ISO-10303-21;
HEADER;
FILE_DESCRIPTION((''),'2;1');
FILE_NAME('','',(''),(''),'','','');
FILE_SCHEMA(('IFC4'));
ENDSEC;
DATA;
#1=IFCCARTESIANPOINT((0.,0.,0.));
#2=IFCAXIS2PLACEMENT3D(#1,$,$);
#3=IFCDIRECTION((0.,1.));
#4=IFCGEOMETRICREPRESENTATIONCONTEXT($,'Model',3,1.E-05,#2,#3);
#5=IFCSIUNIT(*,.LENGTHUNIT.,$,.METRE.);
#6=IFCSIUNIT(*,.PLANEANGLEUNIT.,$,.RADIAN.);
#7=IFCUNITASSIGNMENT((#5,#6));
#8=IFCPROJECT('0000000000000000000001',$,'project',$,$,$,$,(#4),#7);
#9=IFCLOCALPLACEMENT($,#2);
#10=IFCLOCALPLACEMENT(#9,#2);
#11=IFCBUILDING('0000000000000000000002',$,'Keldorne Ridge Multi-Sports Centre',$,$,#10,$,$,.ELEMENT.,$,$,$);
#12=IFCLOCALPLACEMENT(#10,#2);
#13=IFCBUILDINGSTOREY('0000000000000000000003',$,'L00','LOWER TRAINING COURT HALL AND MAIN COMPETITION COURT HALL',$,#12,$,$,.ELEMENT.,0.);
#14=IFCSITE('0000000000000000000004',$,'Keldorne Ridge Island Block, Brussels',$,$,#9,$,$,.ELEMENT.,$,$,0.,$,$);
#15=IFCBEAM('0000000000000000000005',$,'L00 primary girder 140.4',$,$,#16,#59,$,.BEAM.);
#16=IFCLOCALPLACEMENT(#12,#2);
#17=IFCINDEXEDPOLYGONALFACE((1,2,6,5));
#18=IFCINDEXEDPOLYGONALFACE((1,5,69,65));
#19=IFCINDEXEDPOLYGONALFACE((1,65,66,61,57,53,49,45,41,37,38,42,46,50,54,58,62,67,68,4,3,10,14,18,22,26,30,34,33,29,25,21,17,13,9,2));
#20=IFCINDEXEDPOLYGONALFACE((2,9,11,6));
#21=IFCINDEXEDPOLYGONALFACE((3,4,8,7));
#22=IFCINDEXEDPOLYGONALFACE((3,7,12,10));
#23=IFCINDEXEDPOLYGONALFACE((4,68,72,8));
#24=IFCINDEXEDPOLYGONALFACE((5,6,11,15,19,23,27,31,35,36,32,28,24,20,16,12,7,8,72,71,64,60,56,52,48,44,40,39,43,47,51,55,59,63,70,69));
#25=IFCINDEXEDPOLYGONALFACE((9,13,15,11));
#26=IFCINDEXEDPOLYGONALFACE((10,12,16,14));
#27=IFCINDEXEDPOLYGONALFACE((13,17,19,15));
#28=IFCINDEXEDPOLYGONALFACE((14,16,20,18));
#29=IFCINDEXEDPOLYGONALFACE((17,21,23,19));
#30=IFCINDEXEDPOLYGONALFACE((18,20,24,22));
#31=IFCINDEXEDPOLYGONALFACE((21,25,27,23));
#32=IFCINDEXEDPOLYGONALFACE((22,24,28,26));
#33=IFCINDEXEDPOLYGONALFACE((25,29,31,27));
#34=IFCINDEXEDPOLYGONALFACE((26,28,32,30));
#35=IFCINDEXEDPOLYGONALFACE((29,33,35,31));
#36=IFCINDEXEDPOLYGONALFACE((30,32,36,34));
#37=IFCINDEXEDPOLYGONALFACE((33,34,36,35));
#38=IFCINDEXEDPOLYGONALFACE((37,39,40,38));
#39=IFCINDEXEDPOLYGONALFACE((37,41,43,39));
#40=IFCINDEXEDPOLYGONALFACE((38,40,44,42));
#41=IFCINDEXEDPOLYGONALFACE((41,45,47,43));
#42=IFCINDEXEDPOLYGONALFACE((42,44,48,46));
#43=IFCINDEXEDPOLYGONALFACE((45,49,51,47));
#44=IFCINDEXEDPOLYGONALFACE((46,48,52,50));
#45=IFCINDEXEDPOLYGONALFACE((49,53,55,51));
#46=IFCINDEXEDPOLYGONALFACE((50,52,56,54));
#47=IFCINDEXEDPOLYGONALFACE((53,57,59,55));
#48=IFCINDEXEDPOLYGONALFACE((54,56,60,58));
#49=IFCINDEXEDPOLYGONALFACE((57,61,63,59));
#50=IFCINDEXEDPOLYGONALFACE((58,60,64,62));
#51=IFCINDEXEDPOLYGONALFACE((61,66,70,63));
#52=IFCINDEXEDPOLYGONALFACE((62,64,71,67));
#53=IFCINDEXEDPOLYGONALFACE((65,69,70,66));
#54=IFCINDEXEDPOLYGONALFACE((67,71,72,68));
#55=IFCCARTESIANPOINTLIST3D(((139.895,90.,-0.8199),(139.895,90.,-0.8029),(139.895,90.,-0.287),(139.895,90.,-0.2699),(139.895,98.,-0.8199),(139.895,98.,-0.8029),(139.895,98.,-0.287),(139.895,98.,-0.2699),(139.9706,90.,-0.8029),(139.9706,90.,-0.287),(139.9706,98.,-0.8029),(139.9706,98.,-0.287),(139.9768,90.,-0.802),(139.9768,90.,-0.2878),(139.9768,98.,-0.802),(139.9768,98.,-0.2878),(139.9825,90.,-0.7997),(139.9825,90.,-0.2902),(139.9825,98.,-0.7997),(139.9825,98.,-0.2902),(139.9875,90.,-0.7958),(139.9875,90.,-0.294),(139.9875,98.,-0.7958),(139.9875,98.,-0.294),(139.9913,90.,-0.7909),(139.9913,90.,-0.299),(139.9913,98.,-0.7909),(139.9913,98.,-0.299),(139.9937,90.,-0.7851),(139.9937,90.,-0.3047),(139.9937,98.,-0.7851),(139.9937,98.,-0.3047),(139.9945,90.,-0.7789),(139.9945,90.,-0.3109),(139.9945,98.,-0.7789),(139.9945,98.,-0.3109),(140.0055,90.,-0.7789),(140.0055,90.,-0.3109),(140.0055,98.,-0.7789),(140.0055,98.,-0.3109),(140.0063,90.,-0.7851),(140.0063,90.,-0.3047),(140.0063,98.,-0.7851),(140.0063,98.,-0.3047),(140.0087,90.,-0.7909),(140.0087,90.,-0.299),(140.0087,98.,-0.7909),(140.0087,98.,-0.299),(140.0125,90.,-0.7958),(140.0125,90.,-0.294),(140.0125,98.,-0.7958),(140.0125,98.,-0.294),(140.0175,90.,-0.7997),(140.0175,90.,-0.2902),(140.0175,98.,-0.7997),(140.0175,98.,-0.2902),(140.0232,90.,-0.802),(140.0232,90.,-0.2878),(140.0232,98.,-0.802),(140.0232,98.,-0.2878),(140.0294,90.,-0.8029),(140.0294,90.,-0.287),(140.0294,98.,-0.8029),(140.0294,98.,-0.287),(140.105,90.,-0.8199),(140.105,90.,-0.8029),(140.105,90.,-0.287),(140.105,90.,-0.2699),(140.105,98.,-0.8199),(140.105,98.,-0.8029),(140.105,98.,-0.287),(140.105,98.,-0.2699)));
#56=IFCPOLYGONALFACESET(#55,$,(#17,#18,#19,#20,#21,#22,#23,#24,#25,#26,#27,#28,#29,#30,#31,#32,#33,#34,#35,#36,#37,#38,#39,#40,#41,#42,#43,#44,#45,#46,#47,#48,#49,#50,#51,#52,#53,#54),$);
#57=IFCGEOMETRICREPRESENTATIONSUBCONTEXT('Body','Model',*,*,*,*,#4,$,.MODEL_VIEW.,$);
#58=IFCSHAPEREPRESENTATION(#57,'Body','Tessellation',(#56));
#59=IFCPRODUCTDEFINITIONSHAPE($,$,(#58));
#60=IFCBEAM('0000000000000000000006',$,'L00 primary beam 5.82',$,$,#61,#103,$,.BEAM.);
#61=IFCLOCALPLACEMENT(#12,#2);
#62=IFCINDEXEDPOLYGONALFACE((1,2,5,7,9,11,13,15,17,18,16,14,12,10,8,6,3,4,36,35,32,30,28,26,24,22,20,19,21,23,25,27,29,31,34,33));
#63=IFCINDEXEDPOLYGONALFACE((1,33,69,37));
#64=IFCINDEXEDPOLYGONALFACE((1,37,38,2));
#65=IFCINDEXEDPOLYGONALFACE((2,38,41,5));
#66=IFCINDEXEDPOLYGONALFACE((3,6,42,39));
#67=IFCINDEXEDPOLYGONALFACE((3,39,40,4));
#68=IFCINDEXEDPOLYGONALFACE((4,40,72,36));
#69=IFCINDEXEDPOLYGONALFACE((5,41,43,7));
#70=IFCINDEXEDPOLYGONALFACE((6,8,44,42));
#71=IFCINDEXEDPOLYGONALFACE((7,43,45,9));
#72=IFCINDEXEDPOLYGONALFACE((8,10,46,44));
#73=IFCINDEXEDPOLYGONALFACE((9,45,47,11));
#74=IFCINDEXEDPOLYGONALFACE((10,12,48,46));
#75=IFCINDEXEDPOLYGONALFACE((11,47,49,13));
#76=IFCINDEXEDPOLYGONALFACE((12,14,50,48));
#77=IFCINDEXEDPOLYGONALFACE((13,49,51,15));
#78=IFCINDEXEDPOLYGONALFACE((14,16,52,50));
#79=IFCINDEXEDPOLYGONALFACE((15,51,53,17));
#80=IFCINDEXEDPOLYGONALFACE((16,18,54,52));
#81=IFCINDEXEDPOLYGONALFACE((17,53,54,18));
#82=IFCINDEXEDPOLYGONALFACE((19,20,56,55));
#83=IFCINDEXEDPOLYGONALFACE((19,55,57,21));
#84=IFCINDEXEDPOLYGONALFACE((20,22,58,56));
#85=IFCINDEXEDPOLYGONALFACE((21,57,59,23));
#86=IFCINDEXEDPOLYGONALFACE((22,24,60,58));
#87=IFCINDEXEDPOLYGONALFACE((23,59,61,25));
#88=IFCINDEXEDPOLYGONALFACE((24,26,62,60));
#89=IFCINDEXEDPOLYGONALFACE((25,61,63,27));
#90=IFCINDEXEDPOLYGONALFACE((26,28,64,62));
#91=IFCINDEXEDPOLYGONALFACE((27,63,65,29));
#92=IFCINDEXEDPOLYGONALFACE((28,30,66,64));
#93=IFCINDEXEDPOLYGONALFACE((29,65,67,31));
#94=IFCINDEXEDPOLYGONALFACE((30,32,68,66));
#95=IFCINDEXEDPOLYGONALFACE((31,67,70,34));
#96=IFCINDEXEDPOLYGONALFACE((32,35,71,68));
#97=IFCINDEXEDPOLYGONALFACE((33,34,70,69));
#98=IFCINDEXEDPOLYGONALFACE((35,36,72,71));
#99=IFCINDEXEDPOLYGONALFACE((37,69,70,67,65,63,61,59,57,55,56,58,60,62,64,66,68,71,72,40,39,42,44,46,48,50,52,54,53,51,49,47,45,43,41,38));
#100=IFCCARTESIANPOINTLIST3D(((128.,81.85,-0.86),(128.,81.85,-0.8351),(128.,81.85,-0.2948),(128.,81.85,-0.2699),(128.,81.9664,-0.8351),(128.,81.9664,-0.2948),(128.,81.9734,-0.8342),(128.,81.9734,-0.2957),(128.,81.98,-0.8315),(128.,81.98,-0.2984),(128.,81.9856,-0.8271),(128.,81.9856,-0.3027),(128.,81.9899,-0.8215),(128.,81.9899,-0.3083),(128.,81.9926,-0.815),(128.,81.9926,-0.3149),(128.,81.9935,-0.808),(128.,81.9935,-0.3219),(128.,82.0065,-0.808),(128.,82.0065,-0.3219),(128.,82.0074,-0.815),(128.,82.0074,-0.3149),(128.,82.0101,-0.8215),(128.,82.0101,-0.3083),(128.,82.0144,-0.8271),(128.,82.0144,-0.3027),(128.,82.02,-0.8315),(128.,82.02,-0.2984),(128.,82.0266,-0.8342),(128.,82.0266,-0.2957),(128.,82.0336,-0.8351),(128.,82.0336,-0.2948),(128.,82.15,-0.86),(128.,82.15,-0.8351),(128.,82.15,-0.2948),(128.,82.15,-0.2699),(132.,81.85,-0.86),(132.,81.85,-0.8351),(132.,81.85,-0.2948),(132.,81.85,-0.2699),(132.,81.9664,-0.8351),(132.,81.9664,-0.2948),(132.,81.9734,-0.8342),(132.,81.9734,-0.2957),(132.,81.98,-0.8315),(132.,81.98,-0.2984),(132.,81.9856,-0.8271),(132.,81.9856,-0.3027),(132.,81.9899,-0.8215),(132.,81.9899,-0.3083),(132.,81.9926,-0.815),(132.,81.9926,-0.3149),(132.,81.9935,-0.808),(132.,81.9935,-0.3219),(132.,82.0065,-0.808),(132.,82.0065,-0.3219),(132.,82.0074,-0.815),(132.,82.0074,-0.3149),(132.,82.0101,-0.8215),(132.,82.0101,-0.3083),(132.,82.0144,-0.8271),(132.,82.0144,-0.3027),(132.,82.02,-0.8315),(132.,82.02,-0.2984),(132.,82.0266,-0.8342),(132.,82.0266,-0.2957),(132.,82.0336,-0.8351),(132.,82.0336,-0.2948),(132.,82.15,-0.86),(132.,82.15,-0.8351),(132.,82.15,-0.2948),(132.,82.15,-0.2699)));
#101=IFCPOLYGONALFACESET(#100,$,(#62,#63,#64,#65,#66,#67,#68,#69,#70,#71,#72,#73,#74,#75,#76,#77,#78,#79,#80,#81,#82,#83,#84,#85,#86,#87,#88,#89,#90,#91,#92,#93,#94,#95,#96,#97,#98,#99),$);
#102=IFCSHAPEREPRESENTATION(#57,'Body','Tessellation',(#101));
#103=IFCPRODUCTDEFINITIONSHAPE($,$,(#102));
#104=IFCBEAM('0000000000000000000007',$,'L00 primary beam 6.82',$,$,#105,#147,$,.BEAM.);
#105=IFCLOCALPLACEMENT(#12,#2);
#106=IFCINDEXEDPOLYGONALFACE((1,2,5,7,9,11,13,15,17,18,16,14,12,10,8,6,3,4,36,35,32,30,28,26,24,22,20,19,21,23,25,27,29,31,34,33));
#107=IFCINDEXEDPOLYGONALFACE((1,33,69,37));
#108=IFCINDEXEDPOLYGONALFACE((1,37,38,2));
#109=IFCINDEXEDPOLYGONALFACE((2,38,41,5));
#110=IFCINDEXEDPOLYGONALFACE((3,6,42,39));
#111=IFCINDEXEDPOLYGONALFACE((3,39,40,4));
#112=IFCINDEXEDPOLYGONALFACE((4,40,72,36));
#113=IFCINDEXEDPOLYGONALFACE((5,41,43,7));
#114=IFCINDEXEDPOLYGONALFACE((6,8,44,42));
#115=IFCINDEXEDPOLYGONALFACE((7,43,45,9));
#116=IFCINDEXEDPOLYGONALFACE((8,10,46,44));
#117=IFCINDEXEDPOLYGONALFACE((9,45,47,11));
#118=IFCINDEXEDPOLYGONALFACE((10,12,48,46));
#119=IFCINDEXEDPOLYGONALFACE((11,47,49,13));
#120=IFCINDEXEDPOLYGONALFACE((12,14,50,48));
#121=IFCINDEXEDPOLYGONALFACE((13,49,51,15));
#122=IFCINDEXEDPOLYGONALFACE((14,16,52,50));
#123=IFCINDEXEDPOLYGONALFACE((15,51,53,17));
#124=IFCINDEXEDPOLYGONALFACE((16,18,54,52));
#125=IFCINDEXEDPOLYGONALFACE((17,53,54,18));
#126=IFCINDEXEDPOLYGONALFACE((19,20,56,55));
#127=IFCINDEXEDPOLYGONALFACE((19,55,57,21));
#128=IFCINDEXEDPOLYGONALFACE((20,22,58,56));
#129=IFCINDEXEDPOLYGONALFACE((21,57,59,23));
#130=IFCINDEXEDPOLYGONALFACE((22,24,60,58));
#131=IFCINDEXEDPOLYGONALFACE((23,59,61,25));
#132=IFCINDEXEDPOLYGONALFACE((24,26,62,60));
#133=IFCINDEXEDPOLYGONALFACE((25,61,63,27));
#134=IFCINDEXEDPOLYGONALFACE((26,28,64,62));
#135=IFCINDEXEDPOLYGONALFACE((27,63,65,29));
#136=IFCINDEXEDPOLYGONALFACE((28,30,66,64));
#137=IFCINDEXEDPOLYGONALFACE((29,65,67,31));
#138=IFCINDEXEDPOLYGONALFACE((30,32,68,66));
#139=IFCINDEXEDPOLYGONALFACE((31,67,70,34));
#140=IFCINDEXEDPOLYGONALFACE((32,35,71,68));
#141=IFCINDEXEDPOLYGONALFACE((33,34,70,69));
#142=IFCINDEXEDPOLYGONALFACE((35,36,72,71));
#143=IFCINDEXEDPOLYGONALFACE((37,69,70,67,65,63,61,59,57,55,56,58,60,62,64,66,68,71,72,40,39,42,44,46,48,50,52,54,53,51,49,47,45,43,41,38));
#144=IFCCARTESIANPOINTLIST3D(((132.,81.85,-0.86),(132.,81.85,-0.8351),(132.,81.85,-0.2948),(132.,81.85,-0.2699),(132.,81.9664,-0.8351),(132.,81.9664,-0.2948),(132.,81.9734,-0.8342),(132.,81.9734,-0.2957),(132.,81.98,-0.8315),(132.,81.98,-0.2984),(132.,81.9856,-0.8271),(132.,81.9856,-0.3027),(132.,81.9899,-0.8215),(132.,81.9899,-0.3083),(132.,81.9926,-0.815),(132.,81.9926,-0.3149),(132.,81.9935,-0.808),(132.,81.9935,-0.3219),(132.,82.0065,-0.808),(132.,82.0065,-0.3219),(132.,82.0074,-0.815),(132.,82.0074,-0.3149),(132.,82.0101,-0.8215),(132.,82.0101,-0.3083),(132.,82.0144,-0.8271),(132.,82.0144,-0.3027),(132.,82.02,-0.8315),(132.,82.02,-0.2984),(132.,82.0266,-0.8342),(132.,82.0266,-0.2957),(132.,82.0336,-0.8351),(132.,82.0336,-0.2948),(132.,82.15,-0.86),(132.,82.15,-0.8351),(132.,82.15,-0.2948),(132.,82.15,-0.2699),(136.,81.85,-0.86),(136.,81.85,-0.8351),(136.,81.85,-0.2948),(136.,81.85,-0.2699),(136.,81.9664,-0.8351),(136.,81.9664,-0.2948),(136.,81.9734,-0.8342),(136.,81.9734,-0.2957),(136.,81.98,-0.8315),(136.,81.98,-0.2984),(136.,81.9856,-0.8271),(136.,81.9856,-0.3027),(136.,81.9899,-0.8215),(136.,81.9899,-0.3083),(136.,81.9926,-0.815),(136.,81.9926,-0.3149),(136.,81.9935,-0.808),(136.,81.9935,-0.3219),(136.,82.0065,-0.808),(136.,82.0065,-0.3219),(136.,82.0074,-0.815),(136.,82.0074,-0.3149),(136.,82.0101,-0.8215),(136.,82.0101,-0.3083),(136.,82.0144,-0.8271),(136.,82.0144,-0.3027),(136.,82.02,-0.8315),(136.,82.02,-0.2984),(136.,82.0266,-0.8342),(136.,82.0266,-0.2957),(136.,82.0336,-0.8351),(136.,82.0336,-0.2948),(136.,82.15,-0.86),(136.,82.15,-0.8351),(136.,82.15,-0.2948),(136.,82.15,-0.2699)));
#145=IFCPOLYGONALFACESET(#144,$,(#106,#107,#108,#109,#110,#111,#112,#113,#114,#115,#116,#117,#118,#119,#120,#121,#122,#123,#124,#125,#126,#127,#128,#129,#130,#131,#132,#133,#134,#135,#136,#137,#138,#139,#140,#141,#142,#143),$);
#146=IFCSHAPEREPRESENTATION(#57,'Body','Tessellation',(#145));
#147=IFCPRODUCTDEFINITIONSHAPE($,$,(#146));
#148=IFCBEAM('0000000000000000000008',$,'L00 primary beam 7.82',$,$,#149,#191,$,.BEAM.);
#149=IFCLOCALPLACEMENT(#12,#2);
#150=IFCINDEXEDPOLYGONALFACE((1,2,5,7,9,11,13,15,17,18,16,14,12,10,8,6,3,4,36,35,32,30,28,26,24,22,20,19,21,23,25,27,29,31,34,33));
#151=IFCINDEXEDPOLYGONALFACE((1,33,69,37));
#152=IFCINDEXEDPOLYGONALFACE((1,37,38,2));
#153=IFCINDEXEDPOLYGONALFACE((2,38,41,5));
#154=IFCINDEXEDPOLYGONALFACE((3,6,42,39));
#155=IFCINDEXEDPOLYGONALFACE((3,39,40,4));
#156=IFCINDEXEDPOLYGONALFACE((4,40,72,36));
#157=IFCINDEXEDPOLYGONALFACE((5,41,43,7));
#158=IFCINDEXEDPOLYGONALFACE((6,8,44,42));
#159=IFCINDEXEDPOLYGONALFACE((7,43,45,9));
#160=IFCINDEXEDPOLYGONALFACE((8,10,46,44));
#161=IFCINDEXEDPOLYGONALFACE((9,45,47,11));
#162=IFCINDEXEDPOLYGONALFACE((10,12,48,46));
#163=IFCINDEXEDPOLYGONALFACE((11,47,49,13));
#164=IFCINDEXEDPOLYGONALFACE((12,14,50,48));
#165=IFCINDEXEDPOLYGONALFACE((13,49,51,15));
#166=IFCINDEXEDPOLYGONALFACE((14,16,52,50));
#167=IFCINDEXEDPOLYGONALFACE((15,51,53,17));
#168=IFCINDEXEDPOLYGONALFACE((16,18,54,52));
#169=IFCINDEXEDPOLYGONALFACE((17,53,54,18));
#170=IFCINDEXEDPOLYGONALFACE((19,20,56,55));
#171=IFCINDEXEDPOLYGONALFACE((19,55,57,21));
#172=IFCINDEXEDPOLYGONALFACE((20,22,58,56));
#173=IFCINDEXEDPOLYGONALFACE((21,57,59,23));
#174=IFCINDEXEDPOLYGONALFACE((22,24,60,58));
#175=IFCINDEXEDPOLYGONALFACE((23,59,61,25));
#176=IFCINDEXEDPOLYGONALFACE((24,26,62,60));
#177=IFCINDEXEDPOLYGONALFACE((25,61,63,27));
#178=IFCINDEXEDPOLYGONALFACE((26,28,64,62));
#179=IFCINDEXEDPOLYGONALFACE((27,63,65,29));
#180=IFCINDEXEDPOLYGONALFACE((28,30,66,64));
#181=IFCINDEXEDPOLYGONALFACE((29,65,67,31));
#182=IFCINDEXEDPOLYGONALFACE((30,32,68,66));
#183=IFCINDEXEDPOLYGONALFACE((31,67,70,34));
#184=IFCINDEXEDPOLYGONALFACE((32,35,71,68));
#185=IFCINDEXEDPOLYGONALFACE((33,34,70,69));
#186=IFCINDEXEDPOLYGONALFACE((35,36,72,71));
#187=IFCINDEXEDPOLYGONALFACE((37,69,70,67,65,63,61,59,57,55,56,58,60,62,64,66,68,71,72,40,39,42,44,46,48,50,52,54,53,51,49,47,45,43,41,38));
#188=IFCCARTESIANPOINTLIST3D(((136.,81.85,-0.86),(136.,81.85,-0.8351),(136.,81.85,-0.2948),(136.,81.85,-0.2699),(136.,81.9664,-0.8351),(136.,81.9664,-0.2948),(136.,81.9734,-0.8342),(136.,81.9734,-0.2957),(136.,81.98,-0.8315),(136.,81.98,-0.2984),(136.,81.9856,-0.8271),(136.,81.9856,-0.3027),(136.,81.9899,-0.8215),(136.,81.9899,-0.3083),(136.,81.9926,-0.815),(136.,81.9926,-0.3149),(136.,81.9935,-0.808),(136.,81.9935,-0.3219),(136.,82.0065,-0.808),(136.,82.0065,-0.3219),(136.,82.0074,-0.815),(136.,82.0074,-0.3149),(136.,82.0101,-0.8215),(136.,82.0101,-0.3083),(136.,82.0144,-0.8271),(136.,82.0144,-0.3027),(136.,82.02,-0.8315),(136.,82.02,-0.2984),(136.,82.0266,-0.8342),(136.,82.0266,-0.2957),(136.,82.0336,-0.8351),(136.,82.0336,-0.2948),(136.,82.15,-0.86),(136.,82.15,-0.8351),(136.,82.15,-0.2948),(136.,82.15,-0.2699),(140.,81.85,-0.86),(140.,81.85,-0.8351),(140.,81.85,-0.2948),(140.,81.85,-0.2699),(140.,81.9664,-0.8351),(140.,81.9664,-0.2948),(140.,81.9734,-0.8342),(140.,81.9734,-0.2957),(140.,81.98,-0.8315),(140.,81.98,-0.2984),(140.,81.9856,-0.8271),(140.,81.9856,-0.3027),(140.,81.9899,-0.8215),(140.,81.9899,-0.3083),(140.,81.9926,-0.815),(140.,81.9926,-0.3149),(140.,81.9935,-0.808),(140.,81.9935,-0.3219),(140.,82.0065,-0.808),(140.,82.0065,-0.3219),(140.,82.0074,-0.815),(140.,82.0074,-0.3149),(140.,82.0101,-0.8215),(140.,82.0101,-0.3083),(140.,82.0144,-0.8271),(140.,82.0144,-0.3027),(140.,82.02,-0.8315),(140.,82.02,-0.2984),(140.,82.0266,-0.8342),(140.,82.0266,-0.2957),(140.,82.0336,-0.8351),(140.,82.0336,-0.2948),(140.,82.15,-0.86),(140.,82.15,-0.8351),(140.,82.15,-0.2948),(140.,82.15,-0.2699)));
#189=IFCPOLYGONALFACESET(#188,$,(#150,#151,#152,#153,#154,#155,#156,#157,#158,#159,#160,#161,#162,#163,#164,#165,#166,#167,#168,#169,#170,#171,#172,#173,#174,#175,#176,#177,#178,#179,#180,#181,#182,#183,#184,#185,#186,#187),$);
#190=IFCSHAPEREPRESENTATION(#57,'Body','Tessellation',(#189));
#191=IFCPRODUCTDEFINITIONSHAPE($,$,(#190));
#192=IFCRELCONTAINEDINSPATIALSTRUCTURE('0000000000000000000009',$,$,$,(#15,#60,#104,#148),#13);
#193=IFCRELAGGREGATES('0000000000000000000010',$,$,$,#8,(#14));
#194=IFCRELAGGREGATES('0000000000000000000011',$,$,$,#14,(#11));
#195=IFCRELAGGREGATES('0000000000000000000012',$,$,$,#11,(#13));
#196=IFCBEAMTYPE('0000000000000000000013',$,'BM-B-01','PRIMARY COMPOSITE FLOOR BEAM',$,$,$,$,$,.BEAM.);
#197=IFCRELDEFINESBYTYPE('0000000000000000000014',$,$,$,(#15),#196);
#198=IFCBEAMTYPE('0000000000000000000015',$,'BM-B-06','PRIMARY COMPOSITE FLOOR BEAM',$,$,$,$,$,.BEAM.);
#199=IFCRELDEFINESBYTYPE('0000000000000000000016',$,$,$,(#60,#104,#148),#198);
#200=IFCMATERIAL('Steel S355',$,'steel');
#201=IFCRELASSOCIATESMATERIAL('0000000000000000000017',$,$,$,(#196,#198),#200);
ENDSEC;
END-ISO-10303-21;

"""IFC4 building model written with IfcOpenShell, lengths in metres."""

from ifc_helpers import new_model, si_unit, direction, frame, origin, origin_2d, place, context, subcontext, project, spatial, i_section, extrude, material, material_profile, profile_set, type_object, element, save


model = new_model("IFC4")

# Units and contexts
model_context = context("Model", 3, precision=1e-05, world=origin(), true_north=direction((0.0, 1.0)))
body_context = subcontext(model_context, "Body", "Model", "MODEL_VIEW")
ifc_project = project(units=[si_unit("LENGTHUNIT", "METRE"), si_unit("PLANEANGLEUNIT", "RADIAN")], contexts=[model_context])

# Site, building, storey
site_placement = place(None, origin())
site = spatial("IfcSite", under=ifc_project, at=site_placement, Name="Keldorne Ridge Island Block, Brussels", CompositionType="ELEMENT", RefElevation=0.0)
building_placement = place(site_placement, origin())
building = spatial("IfcBuilding", under=site, at=building_placement, Name="Keldorne Ridge Multi-Sports Centre", CompositionType="ELEMENT")
storey_placement = place(building_placement, origin())
storey = spatial("IfcBuildingStorey", under=building, at=storey_placement, Name="L00", Description="LOWER TRAINING COURT HALL AND MAIN COMPETITION COURT HALL", CompositionType="ELEMENT", Elevation=0.0)

# Shared definitions
ifc_material_1 = material(Name="Steel S355", Category="steel")

# Beams
ifc_material_profile_1 = material_profile(ifc_material_1, i_section(OverallWidth=0.21, OverallDepth=0.55, WebThickness=0.011, FlangeThickness=0.0171, FilletRadius=0.0239, at=origin_2d()), Name="IPE 550")
ifc_profile_set_1 = profile_set([ifc_material_profile_1], Name="Steel S355")
beam_type_1 = type_object("IfcBeamType", Name="BM-B-01", Description="PRIMARY COMPOSITE FLOOR BEAM", PredefinedType="BEAM", material=ifc_profile_set_1)
for number, where, z_axis, x_axis, name in (
    (1, (140.0, 90.0, -0.5449), (0.0, 1.0, 0.0), (-1.0, 0.0, 0.0), "L00 primary girder 140.4"),
):
    element("IfcBeam", number, at=place(storey_placement, frame(where, z_axis=z_axis, x_axis=x_axis)), inside=storey, type_object=beam_type_1, Name=name, PredefinedType="BEAM", context=body_context, shape_type="SweptSolid", body=[
        extrude(i_section(OverallWidth=0.21, OverallDepth=0.55, WebThickness=0.011, FlangeThickness=0.0171, FilletRadius=0.0239, at=origin_2d()), origin(), (0.0, 0.0, 1.0), 8.0),
    ])
ifc_material_profile_2 = material_profile(ifc_material_1, i_section(OverallWidth=0.3, OverallDepth=0.5901, WebThickness=0.0129, FlangeThickness=0.0249, FilletRadius=0.0271, at=origin_2d()), Name="HEA 600")
ifc_profile_set_2 = profile_set([ifc_material_profile_2], Name="Steel S355")
beam_type_2 = type_object("IfcBeamType", Name="BM-B-06", Description="PRIMARY COMPOSITE FLOOR BEAM", PredefinedType="BEAM", material=ifc_profile_set_2)
for number, where, z_axis, x_axis, name in (
    (2, (128.0, 82.0, -0.5649), (1.0, 0.0, 0.0), (0.0, 1.0, 0.0), "L00 primary beam 5.82"),
    (3, (132.0, 82.0, -0.5649), (1.0, 0.0, 0.0), (0.0, 1.0, 0.0), "L00 primary beam 6.82"),
    (4, (136.0, 82.0, -0.5649), (1.0, 0.0, 0.0), (0.0, 1.0, 0.0), "L00 primary beam 7.82"),
):
    element("IfcBeam", number, at=place(storey_placement, frame(where, z_axis=z_axis, x_axis=x_axis)), inside=storey, type_object=beam_type_2, Name=name, PredefinedType="BEAM", context=body_context, shape_type="SweptSolid", body=[
        extrude(i_section(OverallWidth=0.3, OverallDepth=0.5901, WebThickness=0.0129, FlangeThickness=0.0249, FilletRadius=0.0271, at=origin_2d()), origin(), (0.0, 0.0, 1.0), 4.0),
    ])

save(model, "model.ifc")
